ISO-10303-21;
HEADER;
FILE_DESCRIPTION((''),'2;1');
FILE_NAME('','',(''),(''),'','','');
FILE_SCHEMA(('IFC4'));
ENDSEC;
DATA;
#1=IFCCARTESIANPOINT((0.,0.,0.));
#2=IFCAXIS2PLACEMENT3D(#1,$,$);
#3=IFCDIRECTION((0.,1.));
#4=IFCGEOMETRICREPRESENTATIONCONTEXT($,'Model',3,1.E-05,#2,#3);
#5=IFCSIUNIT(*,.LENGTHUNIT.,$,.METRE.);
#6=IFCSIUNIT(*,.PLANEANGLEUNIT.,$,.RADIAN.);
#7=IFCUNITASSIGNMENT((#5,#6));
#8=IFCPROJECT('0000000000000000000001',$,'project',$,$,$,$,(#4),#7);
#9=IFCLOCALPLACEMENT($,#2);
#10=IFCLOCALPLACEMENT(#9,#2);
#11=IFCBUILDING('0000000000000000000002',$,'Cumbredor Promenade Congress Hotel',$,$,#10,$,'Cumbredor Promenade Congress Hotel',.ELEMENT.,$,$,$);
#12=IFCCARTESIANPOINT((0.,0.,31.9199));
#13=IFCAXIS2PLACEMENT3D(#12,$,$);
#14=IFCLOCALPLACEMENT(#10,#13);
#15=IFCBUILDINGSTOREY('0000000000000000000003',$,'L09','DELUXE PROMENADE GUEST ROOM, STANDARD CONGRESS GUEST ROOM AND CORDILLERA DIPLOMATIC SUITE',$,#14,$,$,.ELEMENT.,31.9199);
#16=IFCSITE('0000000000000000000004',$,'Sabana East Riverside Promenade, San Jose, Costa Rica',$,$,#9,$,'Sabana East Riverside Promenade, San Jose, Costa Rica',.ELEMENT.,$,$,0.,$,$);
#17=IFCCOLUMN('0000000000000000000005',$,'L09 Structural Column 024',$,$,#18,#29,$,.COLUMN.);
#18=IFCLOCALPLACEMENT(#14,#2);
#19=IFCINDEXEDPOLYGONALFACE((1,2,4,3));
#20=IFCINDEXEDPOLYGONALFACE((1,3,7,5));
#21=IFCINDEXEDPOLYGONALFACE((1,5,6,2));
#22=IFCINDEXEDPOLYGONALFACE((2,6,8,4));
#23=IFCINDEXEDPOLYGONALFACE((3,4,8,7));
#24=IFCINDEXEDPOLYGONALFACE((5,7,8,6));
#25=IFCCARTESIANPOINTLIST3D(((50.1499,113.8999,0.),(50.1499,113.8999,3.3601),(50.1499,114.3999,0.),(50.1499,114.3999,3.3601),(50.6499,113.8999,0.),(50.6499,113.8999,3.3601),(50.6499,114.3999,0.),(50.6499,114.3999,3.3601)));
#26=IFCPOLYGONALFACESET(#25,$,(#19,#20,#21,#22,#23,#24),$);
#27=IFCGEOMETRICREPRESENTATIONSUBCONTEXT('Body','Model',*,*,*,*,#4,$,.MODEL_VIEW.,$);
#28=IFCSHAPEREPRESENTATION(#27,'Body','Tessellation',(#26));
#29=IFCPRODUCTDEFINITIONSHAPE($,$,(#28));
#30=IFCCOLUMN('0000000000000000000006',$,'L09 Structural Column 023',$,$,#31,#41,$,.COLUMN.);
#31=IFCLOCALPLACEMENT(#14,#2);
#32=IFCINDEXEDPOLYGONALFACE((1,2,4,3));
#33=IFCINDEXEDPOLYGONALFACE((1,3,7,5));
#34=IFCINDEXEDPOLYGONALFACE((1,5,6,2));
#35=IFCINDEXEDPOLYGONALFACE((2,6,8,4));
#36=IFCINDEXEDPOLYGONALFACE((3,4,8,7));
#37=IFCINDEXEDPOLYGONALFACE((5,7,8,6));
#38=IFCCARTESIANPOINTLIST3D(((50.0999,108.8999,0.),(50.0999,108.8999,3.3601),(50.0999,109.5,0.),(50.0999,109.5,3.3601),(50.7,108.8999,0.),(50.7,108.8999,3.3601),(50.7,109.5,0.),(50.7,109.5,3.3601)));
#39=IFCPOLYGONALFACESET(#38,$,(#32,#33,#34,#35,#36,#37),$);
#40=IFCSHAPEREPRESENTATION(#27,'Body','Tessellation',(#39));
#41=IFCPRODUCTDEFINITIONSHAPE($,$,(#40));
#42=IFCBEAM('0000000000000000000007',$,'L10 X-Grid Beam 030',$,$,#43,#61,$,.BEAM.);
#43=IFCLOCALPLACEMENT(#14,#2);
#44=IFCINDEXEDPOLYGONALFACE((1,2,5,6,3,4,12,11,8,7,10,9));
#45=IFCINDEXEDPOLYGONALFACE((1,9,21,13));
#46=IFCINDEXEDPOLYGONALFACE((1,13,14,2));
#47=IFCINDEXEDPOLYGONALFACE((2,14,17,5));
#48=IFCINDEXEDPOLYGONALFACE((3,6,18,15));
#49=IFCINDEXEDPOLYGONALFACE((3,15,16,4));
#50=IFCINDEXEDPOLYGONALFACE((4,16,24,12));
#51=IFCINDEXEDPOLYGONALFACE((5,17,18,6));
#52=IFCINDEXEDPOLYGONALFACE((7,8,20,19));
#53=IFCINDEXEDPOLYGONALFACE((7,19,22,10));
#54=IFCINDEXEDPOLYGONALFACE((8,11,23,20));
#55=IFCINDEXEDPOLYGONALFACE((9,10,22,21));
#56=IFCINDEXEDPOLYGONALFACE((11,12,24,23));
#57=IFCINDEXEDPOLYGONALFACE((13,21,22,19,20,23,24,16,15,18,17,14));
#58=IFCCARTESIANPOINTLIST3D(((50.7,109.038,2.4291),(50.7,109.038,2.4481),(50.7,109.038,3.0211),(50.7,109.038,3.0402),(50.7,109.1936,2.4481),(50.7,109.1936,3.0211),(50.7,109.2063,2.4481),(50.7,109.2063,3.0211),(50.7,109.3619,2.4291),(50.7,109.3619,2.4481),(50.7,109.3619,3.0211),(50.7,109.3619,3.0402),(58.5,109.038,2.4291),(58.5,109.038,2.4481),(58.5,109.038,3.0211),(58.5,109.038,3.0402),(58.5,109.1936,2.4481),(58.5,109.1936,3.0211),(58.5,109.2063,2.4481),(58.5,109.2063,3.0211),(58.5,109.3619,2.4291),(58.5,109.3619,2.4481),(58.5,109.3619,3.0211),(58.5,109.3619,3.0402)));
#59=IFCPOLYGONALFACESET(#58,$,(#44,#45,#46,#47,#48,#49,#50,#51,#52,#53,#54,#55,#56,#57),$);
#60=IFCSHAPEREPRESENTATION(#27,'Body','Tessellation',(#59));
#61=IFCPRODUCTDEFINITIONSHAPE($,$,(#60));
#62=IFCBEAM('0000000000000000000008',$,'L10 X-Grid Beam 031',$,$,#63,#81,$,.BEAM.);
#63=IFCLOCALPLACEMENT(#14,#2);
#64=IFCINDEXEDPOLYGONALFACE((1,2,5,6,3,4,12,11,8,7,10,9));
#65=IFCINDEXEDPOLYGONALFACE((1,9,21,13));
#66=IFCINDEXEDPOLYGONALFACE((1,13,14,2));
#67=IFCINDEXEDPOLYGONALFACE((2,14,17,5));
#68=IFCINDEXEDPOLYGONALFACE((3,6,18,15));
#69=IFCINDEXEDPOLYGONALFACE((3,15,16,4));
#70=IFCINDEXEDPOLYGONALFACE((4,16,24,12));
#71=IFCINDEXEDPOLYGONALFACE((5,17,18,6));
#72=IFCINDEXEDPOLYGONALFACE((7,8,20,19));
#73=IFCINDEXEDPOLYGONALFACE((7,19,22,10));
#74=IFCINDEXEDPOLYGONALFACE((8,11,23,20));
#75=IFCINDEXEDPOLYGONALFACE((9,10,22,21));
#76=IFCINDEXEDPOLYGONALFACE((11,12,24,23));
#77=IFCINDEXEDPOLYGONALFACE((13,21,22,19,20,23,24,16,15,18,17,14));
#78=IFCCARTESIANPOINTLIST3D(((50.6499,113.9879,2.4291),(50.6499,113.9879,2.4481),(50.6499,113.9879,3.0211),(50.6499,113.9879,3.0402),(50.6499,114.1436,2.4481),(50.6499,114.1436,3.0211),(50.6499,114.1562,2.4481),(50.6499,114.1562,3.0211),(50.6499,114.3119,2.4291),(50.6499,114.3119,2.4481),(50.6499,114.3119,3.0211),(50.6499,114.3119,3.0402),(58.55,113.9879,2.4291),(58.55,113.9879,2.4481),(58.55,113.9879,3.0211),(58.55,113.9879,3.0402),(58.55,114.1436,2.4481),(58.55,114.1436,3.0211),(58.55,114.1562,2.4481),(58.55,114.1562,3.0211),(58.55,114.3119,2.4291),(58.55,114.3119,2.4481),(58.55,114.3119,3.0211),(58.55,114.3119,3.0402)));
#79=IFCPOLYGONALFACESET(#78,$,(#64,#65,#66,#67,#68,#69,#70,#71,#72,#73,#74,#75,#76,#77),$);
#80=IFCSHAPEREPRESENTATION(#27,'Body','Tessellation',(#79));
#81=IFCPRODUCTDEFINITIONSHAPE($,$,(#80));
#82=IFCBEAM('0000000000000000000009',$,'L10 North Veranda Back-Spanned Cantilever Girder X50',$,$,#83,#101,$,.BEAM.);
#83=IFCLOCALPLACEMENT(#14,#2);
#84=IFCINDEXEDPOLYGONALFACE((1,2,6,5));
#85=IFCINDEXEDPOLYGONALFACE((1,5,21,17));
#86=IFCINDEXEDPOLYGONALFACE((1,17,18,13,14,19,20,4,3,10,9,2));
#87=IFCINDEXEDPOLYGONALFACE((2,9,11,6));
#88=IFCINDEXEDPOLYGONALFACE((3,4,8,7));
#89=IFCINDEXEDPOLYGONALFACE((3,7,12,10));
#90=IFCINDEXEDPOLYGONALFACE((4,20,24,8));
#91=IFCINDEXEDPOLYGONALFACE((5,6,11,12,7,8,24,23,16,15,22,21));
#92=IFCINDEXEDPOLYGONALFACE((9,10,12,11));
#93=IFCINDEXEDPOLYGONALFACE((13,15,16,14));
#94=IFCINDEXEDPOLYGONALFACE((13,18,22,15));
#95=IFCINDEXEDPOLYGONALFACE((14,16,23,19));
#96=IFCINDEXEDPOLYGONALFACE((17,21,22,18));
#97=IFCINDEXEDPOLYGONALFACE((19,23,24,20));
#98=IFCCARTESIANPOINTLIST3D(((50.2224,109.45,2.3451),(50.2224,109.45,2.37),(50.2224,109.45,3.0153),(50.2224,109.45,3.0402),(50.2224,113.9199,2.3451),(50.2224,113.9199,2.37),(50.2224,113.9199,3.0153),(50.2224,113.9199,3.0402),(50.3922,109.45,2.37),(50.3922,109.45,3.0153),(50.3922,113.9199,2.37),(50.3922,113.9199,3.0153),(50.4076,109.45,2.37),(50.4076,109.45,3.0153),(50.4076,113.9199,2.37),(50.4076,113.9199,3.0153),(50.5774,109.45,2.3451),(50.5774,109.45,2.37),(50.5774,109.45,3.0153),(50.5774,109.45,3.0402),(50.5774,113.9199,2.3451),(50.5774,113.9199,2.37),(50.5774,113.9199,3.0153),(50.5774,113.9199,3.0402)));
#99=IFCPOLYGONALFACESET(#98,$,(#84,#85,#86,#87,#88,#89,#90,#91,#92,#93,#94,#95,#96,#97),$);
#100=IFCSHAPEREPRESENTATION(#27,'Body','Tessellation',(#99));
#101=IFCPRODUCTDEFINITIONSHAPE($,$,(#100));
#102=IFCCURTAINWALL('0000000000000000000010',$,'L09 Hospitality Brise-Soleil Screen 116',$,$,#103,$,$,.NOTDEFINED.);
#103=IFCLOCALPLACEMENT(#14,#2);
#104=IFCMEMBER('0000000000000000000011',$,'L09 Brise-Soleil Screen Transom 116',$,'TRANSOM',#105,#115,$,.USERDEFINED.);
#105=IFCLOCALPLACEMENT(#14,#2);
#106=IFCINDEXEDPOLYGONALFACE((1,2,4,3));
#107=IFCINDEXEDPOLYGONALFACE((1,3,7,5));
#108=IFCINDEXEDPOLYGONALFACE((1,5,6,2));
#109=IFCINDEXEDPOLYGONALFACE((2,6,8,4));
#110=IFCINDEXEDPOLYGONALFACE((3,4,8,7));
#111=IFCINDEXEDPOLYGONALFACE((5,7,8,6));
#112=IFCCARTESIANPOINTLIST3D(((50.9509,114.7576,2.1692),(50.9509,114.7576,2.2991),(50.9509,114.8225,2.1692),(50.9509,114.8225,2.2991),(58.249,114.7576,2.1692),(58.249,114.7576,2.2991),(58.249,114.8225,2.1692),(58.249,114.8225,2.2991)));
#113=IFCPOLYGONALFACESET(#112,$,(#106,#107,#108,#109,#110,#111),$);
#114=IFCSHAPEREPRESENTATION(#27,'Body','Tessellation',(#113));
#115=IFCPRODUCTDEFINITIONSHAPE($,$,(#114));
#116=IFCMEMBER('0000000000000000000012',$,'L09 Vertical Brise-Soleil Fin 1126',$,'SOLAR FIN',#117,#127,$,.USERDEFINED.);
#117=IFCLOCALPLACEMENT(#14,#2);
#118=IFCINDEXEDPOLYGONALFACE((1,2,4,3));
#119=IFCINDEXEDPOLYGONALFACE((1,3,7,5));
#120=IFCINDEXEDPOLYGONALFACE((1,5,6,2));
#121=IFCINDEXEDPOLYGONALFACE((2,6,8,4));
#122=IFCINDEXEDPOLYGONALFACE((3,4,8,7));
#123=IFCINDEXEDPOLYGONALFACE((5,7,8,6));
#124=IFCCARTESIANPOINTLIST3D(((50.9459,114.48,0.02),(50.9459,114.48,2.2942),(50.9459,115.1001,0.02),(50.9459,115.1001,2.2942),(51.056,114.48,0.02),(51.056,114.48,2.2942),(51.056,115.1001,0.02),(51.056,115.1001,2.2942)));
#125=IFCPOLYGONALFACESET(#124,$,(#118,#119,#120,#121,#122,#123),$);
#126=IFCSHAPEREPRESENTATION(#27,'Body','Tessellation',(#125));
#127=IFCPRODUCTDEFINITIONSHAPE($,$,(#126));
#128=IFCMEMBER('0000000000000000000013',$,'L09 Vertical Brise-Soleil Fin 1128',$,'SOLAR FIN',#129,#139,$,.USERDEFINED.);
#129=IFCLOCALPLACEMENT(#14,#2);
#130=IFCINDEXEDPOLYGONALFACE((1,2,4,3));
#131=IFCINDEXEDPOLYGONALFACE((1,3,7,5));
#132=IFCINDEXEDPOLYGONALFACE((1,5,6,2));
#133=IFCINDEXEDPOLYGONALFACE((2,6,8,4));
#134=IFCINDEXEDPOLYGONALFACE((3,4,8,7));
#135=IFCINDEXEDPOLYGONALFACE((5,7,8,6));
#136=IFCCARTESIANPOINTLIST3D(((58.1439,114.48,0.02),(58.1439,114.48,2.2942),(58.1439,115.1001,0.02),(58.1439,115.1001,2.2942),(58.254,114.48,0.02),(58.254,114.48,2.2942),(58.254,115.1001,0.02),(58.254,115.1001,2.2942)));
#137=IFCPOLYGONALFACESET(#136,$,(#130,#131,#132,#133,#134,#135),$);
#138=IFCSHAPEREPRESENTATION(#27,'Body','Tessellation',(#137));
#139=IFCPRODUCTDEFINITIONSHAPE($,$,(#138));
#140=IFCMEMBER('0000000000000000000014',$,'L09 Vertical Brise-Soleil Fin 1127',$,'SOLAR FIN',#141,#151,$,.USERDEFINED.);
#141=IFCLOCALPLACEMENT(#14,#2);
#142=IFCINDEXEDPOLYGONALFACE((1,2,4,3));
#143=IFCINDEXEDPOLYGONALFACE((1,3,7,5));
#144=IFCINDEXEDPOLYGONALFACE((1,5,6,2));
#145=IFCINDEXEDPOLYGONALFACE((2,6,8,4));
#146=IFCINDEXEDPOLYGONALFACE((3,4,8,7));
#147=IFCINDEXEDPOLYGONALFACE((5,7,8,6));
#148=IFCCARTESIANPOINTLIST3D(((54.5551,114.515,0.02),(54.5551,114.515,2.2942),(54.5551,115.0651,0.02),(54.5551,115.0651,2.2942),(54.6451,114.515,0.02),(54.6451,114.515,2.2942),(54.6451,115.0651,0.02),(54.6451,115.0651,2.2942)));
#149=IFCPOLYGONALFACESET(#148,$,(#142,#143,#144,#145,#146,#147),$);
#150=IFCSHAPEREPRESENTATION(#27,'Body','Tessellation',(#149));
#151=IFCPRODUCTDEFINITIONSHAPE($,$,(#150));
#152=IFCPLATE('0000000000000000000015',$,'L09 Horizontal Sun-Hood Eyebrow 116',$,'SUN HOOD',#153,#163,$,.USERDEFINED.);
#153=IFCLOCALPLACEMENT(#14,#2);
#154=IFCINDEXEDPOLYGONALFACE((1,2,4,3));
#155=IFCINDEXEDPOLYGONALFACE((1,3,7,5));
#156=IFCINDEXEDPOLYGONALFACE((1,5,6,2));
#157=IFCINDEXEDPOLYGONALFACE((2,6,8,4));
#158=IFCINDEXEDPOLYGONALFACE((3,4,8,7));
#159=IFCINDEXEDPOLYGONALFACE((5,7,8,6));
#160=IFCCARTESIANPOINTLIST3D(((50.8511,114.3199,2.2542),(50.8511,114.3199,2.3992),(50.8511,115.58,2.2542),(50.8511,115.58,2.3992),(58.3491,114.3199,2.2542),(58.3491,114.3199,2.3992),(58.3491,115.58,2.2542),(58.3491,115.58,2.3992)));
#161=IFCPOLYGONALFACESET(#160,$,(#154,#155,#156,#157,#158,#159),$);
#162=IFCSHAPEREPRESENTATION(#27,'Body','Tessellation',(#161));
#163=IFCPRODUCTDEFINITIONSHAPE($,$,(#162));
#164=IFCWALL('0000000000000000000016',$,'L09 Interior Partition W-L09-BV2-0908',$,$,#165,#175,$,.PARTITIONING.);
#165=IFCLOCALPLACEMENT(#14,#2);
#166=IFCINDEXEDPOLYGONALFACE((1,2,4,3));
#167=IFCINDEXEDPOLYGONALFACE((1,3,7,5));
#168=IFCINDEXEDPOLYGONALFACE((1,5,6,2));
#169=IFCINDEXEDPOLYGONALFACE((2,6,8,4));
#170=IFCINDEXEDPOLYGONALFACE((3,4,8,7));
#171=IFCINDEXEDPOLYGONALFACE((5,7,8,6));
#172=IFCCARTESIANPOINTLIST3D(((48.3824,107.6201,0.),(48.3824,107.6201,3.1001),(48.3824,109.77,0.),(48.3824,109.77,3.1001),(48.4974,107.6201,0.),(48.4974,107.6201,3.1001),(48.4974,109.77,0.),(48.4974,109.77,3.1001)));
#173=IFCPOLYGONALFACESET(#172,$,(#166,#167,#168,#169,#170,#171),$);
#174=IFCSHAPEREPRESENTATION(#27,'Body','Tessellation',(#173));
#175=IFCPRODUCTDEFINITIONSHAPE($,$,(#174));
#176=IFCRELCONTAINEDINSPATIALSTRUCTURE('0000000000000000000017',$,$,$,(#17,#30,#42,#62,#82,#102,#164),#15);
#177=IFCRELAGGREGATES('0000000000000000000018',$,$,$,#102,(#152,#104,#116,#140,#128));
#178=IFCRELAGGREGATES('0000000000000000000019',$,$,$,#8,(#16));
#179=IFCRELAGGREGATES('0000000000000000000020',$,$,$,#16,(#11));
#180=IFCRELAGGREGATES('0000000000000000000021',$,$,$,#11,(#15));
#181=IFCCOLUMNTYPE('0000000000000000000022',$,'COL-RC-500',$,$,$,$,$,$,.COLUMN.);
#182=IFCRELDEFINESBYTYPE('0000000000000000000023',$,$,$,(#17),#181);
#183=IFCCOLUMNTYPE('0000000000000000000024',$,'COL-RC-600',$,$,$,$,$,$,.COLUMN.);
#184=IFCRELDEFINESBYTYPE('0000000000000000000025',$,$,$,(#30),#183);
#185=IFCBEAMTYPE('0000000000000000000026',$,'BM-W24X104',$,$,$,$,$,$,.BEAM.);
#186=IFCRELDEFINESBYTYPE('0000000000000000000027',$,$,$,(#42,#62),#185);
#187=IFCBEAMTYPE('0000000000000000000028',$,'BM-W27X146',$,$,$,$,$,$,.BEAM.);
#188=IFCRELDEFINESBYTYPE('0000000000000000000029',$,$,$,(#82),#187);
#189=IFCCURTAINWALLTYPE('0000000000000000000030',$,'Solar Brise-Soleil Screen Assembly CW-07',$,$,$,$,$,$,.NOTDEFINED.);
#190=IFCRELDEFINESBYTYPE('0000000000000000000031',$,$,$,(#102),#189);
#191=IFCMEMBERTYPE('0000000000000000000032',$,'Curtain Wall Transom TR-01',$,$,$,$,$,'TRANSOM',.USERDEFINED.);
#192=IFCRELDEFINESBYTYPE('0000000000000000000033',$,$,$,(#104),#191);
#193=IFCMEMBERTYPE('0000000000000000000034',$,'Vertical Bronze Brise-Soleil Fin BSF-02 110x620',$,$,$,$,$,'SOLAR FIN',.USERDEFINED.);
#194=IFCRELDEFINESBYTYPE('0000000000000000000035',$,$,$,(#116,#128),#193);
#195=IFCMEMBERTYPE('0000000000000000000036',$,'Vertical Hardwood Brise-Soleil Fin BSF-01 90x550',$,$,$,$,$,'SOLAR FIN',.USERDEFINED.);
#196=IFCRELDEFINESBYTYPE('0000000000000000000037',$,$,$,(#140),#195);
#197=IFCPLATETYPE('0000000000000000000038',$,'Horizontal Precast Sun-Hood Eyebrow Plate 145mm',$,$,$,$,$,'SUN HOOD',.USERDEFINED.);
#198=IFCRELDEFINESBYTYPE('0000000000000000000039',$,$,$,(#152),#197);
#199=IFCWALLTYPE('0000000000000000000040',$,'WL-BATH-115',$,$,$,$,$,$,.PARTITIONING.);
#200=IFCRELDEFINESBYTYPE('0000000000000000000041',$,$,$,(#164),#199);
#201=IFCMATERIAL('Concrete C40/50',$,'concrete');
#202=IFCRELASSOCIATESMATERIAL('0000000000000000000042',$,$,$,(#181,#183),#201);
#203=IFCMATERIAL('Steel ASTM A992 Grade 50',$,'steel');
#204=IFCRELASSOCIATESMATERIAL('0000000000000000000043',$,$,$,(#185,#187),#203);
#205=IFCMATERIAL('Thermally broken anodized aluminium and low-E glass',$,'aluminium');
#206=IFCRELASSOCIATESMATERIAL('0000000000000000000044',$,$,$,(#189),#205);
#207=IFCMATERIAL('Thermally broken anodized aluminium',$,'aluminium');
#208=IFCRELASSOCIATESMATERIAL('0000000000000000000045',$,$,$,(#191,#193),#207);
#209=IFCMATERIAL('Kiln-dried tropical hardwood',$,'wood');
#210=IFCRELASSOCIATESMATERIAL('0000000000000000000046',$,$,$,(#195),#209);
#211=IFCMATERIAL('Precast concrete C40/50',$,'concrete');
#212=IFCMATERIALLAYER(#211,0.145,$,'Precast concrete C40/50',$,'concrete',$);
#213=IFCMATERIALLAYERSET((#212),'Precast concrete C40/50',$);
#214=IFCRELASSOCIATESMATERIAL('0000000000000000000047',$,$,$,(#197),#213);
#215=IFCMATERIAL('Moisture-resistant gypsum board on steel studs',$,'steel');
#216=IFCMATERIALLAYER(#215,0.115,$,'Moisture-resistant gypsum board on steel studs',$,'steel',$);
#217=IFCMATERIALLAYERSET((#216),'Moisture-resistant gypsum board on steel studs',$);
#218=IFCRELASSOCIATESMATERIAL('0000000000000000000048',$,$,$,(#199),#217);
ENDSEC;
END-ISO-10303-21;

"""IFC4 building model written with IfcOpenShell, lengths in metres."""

from ifc_helpers import new_model, si_unit, direction, frame, frame_2d, origin, origin_2d, place, context, subcontext, project, spatial, rectangle, i_section, extrude, material, layer, layer_set, material_profile, profile_set, type_object, element, aggregate, save


model = new_model("IFC4")

# Units and contexts
model_context = context("Model", 3, precision=1e-05, world=origin(), true_north=direction((0.0, 1.0)))
body_context = subcontext(model_context, "Body", "Model", "MODEL_VIEW")
ifc_project = project(units=[si_unit("LENGTHUNIT", "METRE"), si_unit("PLANEANGLEUNIT", "RADIAN")], contexts=[model_context])

# Site, building, storey
site_placement = place(None, origin())
site = spatial("IfcSite", under=ifc_project, at=site_placement, Name="Sabana East Riverside Promenade, San Jose, Costa Rica", LongName="Sabana East Riverside Promenade, San Jose, Costa Rica", CompositionType="ELEMENT", RefElevation=0.0)
building_placement = place(site_placement, origin())
building = spatial("IfcBuilding", under=site, at=building_placement, Name="Cumbredor Promenade Congress Hotel", LongName="Cumbredor Promenade Congress Hotel", CompositionType="ELEMENT")
storey_placement = place(building_placement, frame((0.0, 0.0, 31.9199)))
storey = spatial("IfcBuildingStorey", under=building, at=storey_placement, Name="L09", Description="DELUXE PROMENADE GUEST ROOM, STANDARD CONGRESS GUEST ROOM AND CORDILLERA DIPLOMATIC SUITE", CompositionType="ELEMENT", Elevation=31.9199)

# Columns
ifc_material_1 = material(Name="Concrete C40/50", Category="concrete")
ifc_material_profile_1 = material_profile(ifc_material_1, rectangle(XDim=0.5, YDim=0.5, at=origin_2d()), Name="RC 500x500")
ifc_profile_set_1 = profile_set([ifc_material_profile_1], Name="Concrete C40/50")
column_type_1 = type_object("IfcColumnType", Name="COL-RC-500", PredefinedType="COLUMN", material=ifc_profile_set_1)
column_1_placement = place(storey_placement, frame((50.3999, 114.1499, 0.0), z_axis=(0.0, 0.0, 1.0), x_axis=(1.0, 0.0, 0.0)))
element("IfcColumn", 1, at=column_1_placement, inside=storey, type_object=column_type_1, Name="L09 Structural Column 024", PredefinedType="COLUMN", context=body_context, shape_type="SweptSolid", body=[
    extrude(rectangle(XDim=0.5, YDim=0.5, at=origin_2d()), origin(), (0.0, 0.0, 1.0), 3.3601),
])
ifc_material_profile_2 = material_profile(ifc_material_1, rectangle(XDim=0.6001, YDim=0.6001, at=origin_2d()), Name="RC 600x600")
ifc_profile_set_2 = profile_set([ifc_material_profile_2], Name="Concrete C40/50")
column_type_2 = type_object("IfcColumnType", Name="COL-RC-600", PredefinedType="COLUMN", material=ifc_profile_set_2)
column_2_placement = place(storey_placement, frame((50.3999, 109.2, 0.0), z_axis=(0.0, 0.0, 1.0), x_axis=(1.0, 0.0, 0.0)))
element("IfcColumn", 2, at=column_2_placement, inside=storey, type_object=column_type_2, Name="L09 Structural Column 023", PredefinedType="COLUMN", context=body_context, shape_type="SweptSolid", body=[
    extrude(rectangle(XDim=0.6001, YDim=0.6001, at=origin_2d()), origin(), (0.0, 0.0, 1.0), 3.3601),
])

# Beams
ifc_material_2 = material(Name="Steel ASTM A992 Grade 50", Category="steel")
ifc_material_profile_3 = material_profile(ifc_material_2, i_section(OverallWidth=0.324, OverallDepth=0.6111, WebThickness=0.0127, FlangeThickness=0.019, at=origin_2d()), Name="W24X104")
ifc_profile_set_3 = profile_set([ifc_material_profile_3], Name="Steel ASTM A992 Grade 50")
beam_type_1 = type_object("IfcBeamType", Name="BM-W24X104", PredefinedType="BEAM", material=ifc_profile_set_3)
beam_1_placement = place(storey_placement, frame((50.7, 109.2, 2.7346), z_axis=(1.0, 0.0, 0.0), x_axis=(0.0, 1.0, 0.0)))
element("IfcBeam", 3, at=beam_1_placement, inside=storey, type_object=beam_type_1, Name="L10 X-Grid Beam 030", PredefinedType="BEAM", context=body_context, shape_type="SweptSolid", body=[
    extrude(i_section(OverallWidth=0.324, OverallDepth=0.6111, WebThickness=0.0127, FlangeThickness=0.019, at=origin_2d()), origin(), (0.0, 0.0, 1.0), 7.8),
])
beam_2_placement = place(storey_placement, frame((50.6499, 114.1499, 2.7346), z_axis=(1.0, 0.0, 0.0), x_axis=(0.0, 1.0, 0.0)))
element("IfcBeam", 4, at=beam_2_placement, inside=storey, type_object=beam_type_1, Name="L10 X-Grid Beam 031", PredefinedType="BEAM", context=body_context, shape_type="SweptSolid", body=[
    extrude(i_section(OverallWidth=0.324, OverallDepth=0.6111, WebThickness=0.0127, FlangeThickness=0.019, at=origin_2d()), origin(), (0.0, 0.0, 1.0), 7.9001),
])
ifc_material_profile_4 = material_profile(ifc_material_2, i_section(OverallWidth=0.355, OverallDepth=0.6951, WebThickness=0.0154, FlangeThickness=0.0249, at=origin_2d()), Name="W27X146")
ifc_profile_set_4 = profile_set([ifc_material_profile_4], Name="Steel ASTM A992 Grade 50")
beam_type_2 = type_object("IfcBeamType", Name="BM-W27X146", PredefinedType="BEAM", material=ifc_profile_set_4)
beam_3_placement = place(storey_placement, frame((50.3999, 109.45, 2.6926), z_axis=(0.0, 1.0, 0.0), x_axis=(-1.0, 0.0, 0.0)))
element("IfcBeam", 5, at=beam_3_placement, inside=storey, type_object=beam_type_2, Name="L10 North Veranda Back-Spanned Cantilever Girder X50", PredefinedType="BEAM", context=body_context, shape_type="SweptSolid", body=[
    extrude(i_section(OverallWidth=0.355, OverallDepth=0.6951, WebThickness=0.0154, FlangeThickness=0.0249, at=origin_2d()), origin(), (0.0, 0.0, 1.0), 4.47),
])

# Curtain wall, members, plate
ifc_material_3 = material(Name="Thermally broken anodized aluminium and low-E glass", Category="aluminium")
curtain_wall_type = type_object("IfcCurtainWallType", Name="Solar Brise-Soleil Screen Assembly CW-07", PredefinedType="NOTDEFINED", material=ifc_material_3)
curtain_wall_placement = place(storey_placement, origin())
curtain_wall = element("IfcCurtainWall", 6, at=curtain_wall_placement, inside=storey, type_object=curtain_wall_type, Name="L09 Hospitality Brise-Soleil Screen 116", PredefinedType="NOTDEFINED")
ifc_material_4 = material(Name="Thermally broken anodized aluminium", Category="aluminium")
ifc_material_profile_5 = material_profile(ifc_material_4, rectangle(XDim=0.0649, YDim=0.1299, at=origin_2d()), Name="ALU TRANSOM 65x130")
ifc_profile_set_5 = profile_set([ifc_material_profile_5], Name="Thermally broken anodized aluminium")
member_type_1 = type_object("IfcMemberType", Name="Curtain Wall Transom TR-01", ElementType="TRANSOM", PredefinedType="USERDEFINED", material=ifc_profile_set_5)
member_1_placement = place(storey_placement, frame((50.9509, 114.79, 2.2341), z_axis=(1.0, 0.0, 0.0), x_axis=(0.0, 1.0, 0.0)))
member_1 = element("IfcMember", 7, at=member_1_placement, type_object=member_type_1, Name="L09 Brise-Soleil Screen Transom 116", ObjectType="TRANSOM", PredefinedType="USERDEFINED", context=body_context, shape_type="SweptSolid", body=[
    extrude(rectangle(XDim=0.0649, YDim=0.1299, at=origin_2d()), origin(), (0.0, 0.0, 1.0), 7.2981),
])
ifc_material_profile_6 = material_profile(ifc_material_4, rectangle(XDim=0.1101, YDim=0.6201, at=origin_2d()), Name="ARCH FIN 110x620")
ifc_profile_set_6 = profile_set([ifc_material_profile_6], Name="Thermally broken anodized aluminium")
member_type_2 = type_object("IfcMemberType", Name="Vertical Bronze Brise-Soleil Fin BSF-02 110x620", ElementType="SOLAR FIN", PredefinedType="USERDEFINED", material=ifc_profile_set_6)
member_2_placement = place(storey_placement, frame((51.001, 114.79, 0.02), z_axis=(0.0, 0.0, 1.0), x_axis=(1.0, 0.0, 0.0)))
member_2 = element("IfcMember", 8, at=member_2_placement, type_object=member_type_2, Name="L09 Vertical Brise-Soleil Fin 1126", ObjectType="SOLAR FIN", PredefinedType="USERDEFINED", context=body_context, shape_type="SweptSolid", body=[
    extrude(rectangle(XDim=0.1101, YDim=0.6201, at=origin_2d()), origin(), (0.0, 0.0, 1.0), 2.2742),
])
member_3_placement = place(storey_placement, frame((58.199, 114.79, 0.02), z_axis=(0.0, 0.0, 1.0), x_axis=(1.0, 0.0, 0.0)))
member_3 = element("IfcMember", 9, at=member_3_placement, type_object=member_type_2, Name="L09 Vertical Brise-Soleil Fin 1128", ObjectType="SOLAR FIN", PredefinedType="USERDEFINED", context=body_context, shape_type="SweptSolid", body=[
    extrude(rectangle(XDim=0.1101, YDim=0.6201, at=origin_2d()), origin(), (0.0, 0.0, 1.0), 2.2742),
])
ifc_material_5 = material(Name="Kiln-dried tropical hardwood", Category="wood")
ifc_material_profile_7 = material_profile(ifc_material_5, rectangle(XDim=0.0901, YDim=0.55, at=origin_2d()), Name="ARCH FIN 90x550")
ifc_profile_set_7 = profile_set([ifc_material_profile_7], Name="Kiln-dried tropical hardwood")
member_type_3 = type_object("IfcMemberType", Name="Vertical Hardwood Brise-Soleil Fin BSF-01 90x550", ElementType="SOLAR FIN", PredefinedType="USERDEFINED", material=ifc_profile_set_7)
member_4_placement = place(storey_placement, frame((54.6001, 114.79, 0.02), z_axis=(0.0, 0.0, 1.0), x_axis=(1.0, 0.0, 0.0)))
member_4 = element("IfcMember", 10, at=member_4_placement, type_object=member_type_3, Name="L09 Vertical Brise-Soleil Fin 1127", ObjectType="SOLAR FIN", PredefinedType="USERDEFINED", context=body_context, shape_type="SweptSolid", body=[
    extrude(rectangle(XDim=0.0901, YDim=0.55, at=origin_2d()), origin(), (0.0, 0.0, 1.0), 2.2742),
])
ifc_material_6 = material(Name="Precast concrete C40/50", Category="concrete")
ifc_layer_1 = layer(ifc_material_6, 0.145, Name="Precast concrete C40/50", Category="concrete")
ifc_layer_set_1 = layer_set([ifc_layer_1], Name="Precast concrete C40/50")
plate_type = type_object("IfcPlateType", Name="Horizontal Precast Sun-Hood Eyebrow Plate 145mm", ElementType="SUN HOOD", PredefinedType="USERDEFINED", material=ifc_layer_set_1)
plate_placement = place(storey_placement, frame((54.6001, 114.95, 2.2542), z_axis=(0.0, 0.0, 1.0), x_axis=(1.0, 0.0, 0.0)))
plate = element("IfcPlate", 11, at=plate_placement, type_object=plate_type, Name="L09 Horizontal Sun-Hood Eyebrow 116", ObjectType="SUN HOOD", PredefinedType="USERDEFINED", context=body_context, shape_type="SweptSolid", body=[
    extrude(rectangle(XDim=7.498, YDim=1.26, at=origin_2d()), origin(), (0.0, 0.0, 1.0), 0.145),
])
aggregate(curtain_wall, [plate, member_1, member_2, member_4, member_3])

# Wall
ifc_material_7 = material(Name="Moisture-resistant gypsum board on steel studs", Category="steel")
ifc_layer_2 = layer(ifc_material_7, 0.115, Name="Moisture-resistant gypsum board on steel studs", Category="steel")
ifc_layer_set_2 = layer_set([ifc_layer_2], Name="Moisture-resistant gypsum board on steel studs")
wall_type_1 = type_object("IfcWallType", Name="WL-BATH-115", PredefinedType="PARTITIONING", material=ifc_layer_set_2)
wall_1_placement = place(storey_placement, frame((48.4399, 107.6201, 0.0), z_axis=(0.0, 0.0, 1.0), x_axis=(0.0, 1.0, 0.0)))
element("IfcWall", 12, at=wall_1_placement, inside=storey, type_object=wall_type_1, Name="L09 Interior Partition W-L09-BV2-0908", PredefinedType="PARTITIONING", context=body_context, shape_type="SweptSolid", body=[
    extrude(rectangle(XDim=2.1499, YDim=0.115, at=frame_2d((1.075, 0.0))), origin(), (0.0, 0.0, 1.0), 3.1001),
])

save(model, "model.ifc")
